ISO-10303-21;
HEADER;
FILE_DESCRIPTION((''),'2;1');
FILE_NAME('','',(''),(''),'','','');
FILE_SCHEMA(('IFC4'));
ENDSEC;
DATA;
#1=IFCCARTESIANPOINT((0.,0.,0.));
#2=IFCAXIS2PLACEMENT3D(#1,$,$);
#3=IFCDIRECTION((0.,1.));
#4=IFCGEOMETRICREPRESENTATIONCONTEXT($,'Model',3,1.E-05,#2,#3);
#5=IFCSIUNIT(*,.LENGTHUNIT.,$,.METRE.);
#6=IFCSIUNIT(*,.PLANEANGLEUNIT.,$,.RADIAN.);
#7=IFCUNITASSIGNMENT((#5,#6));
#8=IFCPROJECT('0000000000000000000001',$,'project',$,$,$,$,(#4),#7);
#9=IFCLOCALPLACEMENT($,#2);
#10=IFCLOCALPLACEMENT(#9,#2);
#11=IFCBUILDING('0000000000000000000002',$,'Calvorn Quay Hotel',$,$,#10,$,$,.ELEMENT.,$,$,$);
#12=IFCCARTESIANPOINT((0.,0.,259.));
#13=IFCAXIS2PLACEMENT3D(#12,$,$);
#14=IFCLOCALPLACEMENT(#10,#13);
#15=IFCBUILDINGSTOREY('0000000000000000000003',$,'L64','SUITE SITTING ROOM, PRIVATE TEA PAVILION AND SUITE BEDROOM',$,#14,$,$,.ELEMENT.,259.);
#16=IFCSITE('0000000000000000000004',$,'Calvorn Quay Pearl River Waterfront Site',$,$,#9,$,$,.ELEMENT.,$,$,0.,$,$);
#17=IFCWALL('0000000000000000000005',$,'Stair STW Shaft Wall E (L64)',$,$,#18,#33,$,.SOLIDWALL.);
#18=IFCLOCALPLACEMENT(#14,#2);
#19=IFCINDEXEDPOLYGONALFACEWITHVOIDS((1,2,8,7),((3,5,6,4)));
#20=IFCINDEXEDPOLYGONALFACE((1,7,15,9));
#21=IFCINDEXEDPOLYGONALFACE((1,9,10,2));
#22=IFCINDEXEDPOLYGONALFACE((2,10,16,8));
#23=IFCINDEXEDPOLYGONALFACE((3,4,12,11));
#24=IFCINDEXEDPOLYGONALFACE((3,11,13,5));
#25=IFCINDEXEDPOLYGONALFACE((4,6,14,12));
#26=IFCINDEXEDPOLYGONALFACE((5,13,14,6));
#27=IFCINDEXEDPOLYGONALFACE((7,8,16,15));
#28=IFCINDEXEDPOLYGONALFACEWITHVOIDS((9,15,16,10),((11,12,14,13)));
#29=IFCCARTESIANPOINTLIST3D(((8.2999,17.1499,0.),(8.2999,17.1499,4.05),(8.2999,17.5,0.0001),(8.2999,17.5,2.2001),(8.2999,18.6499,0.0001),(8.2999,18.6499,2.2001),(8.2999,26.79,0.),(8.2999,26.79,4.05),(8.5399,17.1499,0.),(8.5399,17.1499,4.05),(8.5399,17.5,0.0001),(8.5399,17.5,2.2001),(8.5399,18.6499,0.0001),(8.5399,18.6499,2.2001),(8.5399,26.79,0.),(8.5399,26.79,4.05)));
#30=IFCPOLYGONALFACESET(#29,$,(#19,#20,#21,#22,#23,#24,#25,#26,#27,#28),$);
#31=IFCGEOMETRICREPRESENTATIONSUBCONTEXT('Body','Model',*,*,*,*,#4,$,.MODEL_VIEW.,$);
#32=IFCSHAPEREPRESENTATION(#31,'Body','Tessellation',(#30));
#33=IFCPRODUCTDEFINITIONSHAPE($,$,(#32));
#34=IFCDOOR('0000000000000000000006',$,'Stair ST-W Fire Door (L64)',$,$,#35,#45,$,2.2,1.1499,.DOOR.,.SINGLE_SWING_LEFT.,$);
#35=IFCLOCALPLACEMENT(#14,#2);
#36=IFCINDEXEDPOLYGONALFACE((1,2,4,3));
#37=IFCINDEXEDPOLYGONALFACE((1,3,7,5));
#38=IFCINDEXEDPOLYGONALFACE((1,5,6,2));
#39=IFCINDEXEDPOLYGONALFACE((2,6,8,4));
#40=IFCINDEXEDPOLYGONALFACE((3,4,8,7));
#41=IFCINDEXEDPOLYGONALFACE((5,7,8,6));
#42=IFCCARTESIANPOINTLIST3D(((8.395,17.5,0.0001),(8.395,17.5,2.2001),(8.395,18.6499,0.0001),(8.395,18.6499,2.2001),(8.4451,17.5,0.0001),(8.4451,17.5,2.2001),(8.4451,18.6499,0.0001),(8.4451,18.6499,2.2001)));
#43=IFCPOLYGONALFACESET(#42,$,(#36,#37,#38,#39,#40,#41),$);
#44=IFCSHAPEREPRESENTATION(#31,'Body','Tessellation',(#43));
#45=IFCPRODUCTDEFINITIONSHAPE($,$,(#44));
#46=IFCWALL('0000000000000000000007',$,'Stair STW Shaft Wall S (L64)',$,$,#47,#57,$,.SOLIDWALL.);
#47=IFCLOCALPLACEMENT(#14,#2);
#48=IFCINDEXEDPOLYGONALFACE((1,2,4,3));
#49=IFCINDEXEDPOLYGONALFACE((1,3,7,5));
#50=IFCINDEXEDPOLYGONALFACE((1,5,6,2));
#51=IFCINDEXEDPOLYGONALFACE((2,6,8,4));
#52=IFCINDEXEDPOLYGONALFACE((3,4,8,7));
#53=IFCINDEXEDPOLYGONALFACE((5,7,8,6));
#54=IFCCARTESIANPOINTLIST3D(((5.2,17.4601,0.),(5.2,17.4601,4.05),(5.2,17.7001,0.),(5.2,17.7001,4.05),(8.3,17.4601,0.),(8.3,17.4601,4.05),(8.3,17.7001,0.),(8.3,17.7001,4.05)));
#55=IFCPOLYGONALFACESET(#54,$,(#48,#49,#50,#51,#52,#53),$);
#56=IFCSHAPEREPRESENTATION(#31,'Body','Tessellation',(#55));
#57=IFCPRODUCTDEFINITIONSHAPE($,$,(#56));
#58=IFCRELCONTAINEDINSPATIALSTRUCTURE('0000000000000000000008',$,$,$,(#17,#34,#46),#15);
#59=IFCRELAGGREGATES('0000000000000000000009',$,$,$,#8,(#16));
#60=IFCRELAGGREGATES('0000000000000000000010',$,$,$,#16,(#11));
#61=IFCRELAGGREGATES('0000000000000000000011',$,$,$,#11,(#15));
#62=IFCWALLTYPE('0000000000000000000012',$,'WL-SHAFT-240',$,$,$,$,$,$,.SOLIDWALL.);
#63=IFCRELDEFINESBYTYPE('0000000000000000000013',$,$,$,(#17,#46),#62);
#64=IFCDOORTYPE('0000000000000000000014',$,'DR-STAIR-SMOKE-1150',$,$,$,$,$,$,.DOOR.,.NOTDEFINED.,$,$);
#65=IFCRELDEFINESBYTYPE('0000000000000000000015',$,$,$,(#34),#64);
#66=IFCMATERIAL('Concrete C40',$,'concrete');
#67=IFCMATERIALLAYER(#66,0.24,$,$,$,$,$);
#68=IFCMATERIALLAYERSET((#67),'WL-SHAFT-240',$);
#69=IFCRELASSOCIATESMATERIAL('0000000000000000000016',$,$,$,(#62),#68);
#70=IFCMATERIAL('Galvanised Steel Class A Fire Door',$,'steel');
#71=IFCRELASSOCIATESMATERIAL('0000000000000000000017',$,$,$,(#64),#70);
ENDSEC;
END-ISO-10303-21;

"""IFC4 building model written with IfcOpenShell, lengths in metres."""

from ifc_helpers import new_model, si_unit, direction, frame, frame_2d, origin, place, context, subcontext, project, spatial, rectangle, extrude, material, layer, layer_set, type_object, element, fill, save


model = new_model("IFC4")

# Units and contexts
model_context = context("Model", 3, precision=1e-05, world=origin(), true_north=direction((0.0, 1.0)))
body_context = subcontext(model_context, "Body", "Model", "MODEL_VIEW")
ifc_project = project(units=[si_unit("LENGTHUNIT", "METRE"), si_unit("PLANEANGLEUNIT", "RADIAN")], contexts=[model_context])

# Site, building, storey
site_placement = place(None, origin())
site = spatial("IfcSite", under=ifc_project, at=site_placement, Name="Calvorn Quay Pearl River Waterfront Site", CompositionType="ELEMENT", RefElevation=0.0)
building_placement = place(site_placement, origin())
building = spatial("IfcBuilding", under=site, at=building_placement, Name="Calvorn Quay Hotel", CompositionType="ELEMENT")
storey_placement = place(building_placement, frame((0.0, 0.0, 259.0)))
storey = spatial("IfcBuildingStorey", under=building, at=storey_placement, Name="L64", Description="SUITE SITTING ROOM, PRIVATE TEA PAVILION AND SUITE BEDROOM", CompositionType="ELEMENT", Elevation=259.0)

# Shared definitions
ifc_material_1 = material(Name="Concrete C40", Category="concrete")
ifc_layer_1 = layer(ifc_material_1, 0.24)
ifc_layer_set_1 = layer_set([ifc_layer_1], Name="WL-SHAFT-240")
wall_type_1 = type_object("IfcWallType", Name="WL-SHAFT-240", PredefinedType="SOLIDWALL", material=ifc_layer_set_1)

# Wall, opening, door
wall_1_placement = place(storey_placement, frame((8.4199, 17.1499, 0.0), z_axis=(0.0, 0.0, 1.0), x_axis=(0.0, 1.0, 0.0)))
wall_1 = element("IfcWall", 1, at=wall_1_placement, inside=storey, type_object=wall_type_1, Name="Stair STW Shaft Wall E (L64)", PredefinedType="SOLIDWALL", context=body_context, shape_type="SweptSolid", body=[
    extrude(rectangle(XDim=9.6401, YDim=0.24, at=frame_2d((4.8201, 0.0))), origin(), (0.0, 0.0, 1.0), 4.05),
])
opening_1_placement = place(wall_1_placement, frame((0.3501, 0.0, 0.0)))
opening_1 = element("IfcOpeningElement", 2, at=opening_1_placement, cuts=wall_1, PredefinedType="OPENING", context=body_context, shape_type="SweptSolid", body=[
    extrude(rectangle(XDim=1.1499, YDim=2.2, at=frame_2d((0.575, 1.1001))), frame((0.0, 0.1299, 0.0), z_axis=(0.0, -1.0, 0.0), x_axis=(1.0, 0.0, 0.0)), (0.0, 0.0, 1.0), 0.26),
])
ifc_material_2 = material(Name="Galvanised Steel Class A Fire Door", Category="steel")
door_type_1 = type_object("IfcDoorType", Name="DR-STAIR-SMOKE-1150", OperationType="NOTDEFINED", PredefinedType="DOOR", material=ifc_material_2)
door_1_placement = place(opening_1_placement, origin())
door_1 = element("IfcDoor", 3, at=door_1_placement, inside=storey, type_object=door_type_1, Name="Stair ST-W Fire Door (L64)", OperationType="SINGLE_SWING_LEFT", OverallHeight=2.2, OverallWidth=1.1499, PredefinedType="DOOR", context=body_context, shape_type="SweptSolid", body=[
    extrude(rectangle(XDim=1.1499, YDim=2.2, at=frame_2d((0.575, 1.1001))), frame((0.0, 0.0249, 0.0), z_axis=(0.0, -1.0, 0.0), x_axis=(1.0, 0.0, 0.0)), (0.0, 0.0, 1.0), 0.05),
])
fill(opening_1, door_1)

# Wall
wall_2_placement = place(storey_placement, frame((5.2, 17.5801, 0.0), z_axis=(0.0, 0.0, 1.0), x_axis=(1.0, 0.0, 0.0)))
element("IfcWall", 4, at=wall_2_placement, inside=storey, type_object=wall_type_1, Name="Stair STW Shaft Wall S (L64)", PredefinedType="SOLIDWALL", context=body_context, shape_type="SweptSolid", body=[
    extrude(rectangle(XDim=3.1001, YDim=0.24, at=frame_2d((1.55, 0.0))), origin(), (0.0, 0.0, 1.0), 4.05),
])

save(model, "model.ifc")
